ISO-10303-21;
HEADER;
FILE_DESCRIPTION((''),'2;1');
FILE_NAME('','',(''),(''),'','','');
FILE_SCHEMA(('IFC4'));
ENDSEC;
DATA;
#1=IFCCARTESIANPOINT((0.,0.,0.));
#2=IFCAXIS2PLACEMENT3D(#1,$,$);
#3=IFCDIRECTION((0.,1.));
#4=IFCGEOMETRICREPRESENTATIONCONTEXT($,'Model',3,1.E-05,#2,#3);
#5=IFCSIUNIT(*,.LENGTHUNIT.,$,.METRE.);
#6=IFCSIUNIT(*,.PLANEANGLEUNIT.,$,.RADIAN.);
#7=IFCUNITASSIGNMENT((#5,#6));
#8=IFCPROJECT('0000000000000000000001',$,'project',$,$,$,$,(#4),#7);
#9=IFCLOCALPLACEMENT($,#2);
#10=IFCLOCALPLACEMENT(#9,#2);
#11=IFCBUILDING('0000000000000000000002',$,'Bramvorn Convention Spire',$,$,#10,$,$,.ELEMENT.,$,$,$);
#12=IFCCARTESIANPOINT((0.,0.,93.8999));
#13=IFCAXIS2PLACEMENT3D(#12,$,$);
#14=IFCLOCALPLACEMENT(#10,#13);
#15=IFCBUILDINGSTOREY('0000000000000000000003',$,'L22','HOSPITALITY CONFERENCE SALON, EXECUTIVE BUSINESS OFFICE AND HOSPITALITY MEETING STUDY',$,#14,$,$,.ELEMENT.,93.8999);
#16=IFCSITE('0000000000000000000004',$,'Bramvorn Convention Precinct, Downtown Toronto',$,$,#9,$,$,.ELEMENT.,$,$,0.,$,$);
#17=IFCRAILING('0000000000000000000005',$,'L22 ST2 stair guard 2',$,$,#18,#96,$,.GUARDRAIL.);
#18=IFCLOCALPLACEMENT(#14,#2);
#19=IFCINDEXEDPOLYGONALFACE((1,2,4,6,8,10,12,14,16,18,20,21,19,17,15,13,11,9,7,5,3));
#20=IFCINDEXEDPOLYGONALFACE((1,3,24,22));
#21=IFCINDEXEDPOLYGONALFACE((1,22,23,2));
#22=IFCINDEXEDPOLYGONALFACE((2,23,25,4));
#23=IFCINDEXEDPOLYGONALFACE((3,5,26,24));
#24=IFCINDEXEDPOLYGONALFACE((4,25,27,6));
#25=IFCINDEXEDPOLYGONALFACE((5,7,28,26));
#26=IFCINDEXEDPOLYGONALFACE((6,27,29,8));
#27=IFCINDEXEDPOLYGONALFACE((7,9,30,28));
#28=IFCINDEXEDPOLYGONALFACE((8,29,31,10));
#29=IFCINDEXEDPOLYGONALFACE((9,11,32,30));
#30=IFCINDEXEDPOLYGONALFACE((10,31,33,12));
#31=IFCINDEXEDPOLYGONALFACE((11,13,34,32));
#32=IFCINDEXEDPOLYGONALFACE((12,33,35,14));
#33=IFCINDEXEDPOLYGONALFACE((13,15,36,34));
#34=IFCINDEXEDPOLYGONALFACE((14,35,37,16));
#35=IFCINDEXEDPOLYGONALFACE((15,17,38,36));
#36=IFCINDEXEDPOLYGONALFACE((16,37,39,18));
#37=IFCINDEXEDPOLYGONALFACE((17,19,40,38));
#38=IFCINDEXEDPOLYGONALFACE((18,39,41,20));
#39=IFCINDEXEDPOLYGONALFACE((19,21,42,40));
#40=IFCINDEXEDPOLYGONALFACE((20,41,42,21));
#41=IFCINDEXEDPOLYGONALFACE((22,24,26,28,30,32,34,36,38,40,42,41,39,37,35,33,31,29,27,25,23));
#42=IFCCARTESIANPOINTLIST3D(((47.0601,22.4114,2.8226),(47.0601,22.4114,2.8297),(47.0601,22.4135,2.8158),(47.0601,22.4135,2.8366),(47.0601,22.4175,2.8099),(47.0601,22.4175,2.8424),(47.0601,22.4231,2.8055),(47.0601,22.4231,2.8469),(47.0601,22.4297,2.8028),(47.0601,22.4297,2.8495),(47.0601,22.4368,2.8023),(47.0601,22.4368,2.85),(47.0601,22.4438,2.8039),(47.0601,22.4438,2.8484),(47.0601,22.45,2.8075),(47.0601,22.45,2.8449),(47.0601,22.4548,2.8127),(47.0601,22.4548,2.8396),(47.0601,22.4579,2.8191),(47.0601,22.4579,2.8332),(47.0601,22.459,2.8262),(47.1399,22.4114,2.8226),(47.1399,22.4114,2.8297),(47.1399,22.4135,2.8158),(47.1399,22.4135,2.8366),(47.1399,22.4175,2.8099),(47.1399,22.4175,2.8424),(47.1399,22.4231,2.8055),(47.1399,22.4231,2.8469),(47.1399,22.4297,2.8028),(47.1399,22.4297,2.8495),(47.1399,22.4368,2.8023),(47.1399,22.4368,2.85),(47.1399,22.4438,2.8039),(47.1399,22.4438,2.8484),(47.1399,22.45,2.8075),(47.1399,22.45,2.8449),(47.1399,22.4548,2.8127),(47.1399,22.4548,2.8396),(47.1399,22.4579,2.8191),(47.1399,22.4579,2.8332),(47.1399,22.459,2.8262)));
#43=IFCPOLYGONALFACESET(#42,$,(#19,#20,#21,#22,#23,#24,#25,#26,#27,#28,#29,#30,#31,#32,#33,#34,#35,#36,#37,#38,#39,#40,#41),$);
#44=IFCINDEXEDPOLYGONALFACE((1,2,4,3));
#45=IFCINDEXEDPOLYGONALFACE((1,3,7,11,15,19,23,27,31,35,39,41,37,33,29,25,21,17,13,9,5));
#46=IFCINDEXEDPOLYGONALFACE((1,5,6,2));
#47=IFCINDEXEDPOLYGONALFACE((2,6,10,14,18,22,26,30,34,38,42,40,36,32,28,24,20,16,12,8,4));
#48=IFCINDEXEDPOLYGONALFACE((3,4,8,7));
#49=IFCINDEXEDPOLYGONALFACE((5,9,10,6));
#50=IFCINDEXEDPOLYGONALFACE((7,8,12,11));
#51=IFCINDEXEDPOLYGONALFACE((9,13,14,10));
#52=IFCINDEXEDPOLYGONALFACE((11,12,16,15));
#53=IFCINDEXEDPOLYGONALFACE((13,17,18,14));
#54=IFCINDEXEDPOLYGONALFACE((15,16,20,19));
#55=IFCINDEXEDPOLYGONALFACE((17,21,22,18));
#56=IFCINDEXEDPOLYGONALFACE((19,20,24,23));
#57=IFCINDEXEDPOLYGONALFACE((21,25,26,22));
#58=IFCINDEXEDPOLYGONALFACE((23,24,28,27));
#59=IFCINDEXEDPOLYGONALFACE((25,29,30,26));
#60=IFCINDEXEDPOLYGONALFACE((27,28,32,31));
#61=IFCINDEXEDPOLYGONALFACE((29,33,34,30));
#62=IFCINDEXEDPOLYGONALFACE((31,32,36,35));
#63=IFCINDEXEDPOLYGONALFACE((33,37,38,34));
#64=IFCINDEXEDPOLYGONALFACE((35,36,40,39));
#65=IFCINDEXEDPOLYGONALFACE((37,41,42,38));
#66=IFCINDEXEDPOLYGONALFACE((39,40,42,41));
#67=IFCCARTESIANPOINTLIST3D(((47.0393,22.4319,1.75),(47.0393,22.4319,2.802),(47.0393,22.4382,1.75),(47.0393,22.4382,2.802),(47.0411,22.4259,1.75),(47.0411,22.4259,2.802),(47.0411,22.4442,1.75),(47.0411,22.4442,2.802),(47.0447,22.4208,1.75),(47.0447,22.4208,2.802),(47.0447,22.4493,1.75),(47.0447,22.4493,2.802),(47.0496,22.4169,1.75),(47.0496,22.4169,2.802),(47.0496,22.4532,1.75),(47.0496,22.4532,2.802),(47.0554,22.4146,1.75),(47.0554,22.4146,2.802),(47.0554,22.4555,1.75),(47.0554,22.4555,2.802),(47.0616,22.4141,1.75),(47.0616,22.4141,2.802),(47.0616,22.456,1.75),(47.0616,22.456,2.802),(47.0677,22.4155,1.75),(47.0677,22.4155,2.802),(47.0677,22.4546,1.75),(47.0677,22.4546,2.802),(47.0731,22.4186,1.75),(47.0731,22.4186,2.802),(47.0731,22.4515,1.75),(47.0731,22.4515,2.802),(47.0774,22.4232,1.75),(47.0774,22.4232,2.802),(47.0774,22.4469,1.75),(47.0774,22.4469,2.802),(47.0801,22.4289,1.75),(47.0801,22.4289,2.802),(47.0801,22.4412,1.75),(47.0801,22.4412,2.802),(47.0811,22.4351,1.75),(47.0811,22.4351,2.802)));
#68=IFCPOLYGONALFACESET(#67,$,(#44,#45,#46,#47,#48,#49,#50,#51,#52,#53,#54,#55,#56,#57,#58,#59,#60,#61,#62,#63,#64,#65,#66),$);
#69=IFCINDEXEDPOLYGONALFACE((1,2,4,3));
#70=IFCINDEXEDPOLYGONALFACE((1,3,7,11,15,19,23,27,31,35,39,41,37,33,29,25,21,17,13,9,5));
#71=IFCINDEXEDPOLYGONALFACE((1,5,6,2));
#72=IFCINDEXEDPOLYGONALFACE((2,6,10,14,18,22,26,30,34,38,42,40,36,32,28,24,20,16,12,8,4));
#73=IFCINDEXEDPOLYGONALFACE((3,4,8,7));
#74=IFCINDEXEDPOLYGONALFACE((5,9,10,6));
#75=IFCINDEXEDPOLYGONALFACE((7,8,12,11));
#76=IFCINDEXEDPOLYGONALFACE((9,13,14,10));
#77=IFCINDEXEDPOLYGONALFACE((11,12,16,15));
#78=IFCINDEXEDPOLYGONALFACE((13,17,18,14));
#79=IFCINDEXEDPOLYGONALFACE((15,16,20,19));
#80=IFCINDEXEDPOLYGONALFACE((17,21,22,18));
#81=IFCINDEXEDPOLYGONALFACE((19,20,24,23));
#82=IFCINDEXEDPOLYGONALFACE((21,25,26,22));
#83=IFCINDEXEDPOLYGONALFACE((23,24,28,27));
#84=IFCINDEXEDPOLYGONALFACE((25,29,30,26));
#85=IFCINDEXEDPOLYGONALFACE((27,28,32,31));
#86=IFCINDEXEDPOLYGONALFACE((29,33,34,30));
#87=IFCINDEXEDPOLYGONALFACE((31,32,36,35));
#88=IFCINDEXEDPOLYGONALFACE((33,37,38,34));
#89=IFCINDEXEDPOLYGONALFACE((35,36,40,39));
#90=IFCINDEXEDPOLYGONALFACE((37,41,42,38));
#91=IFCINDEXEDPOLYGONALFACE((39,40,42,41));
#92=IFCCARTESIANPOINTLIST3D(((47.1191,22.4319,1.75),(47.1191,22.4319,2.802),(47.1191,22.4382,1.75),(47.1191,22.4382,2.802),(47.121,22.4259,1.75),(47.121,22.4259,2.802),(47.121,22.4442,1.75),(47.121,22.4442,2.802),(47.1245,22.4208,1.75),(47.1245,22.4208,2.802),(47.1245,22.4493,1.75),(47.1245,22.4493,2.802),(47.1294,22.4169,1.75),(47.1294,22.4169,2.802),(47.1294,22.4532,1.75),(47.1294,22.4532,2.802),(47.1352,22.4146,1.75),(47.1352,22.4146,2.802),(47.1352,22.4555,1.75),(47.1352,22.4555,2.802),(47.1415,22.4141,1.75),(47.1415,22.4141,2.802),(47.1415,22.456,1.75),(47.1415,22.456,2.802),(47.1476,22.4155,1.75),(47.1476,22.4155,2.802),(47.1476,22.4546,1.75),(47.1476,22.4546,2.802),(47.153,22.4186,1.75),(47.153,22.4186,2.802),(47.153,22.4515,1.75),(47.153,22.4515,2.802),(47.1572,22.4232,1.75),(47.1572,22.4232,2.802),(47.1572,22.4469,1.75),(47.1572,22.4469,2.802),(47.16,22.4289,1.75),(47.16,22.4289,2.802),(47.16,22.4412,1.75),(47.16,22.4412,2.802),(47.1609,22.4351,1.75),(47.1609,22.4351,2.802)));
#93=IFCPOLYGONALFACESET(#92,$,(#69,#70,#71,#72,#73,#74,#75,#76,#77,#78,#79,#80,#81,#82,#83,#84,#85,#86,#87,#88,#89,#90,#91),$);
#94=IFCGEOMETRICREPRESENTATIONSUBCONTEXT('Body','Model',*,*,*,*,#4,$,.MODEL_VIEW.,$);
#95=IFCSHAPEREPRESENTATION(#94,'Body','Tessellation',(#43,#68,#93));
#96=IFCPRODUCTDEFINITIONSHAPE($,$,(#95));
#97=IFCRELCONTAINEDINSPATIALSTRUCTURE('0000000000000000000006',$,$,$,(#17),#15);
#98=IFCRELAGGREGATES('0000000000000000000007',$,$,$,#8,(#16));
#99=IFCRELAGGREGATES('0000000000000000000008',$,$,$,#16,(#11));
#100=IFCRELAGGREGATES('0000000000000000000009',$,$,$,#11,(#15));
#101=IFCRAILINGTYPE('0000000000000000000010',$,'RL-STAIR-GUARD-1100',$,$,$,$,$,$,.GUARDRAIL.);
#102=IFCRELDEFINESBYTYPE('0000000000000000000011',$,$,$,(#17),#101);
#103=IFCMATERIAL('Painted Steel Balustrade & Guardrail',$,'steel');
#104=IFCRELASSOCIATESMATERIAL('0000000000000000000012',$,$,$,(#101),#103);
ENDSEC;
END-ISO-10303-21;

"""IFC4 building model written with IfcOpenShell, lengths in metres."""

from ifc_helpers import new_model, si_unit, direction, frame, origin, origin_2d, place, context, subcontext, project, spatial, circle, extrude, material, type_object, element, save


model = new_model("IFC4")

# Units and contexts
model_context = context("Model", 3, precision=1e-05, world=origin(), true_north=direction((0.0, 1.0)))
body_context = subcontext(model_context, "Body", "Model", "MODEL_VIEW")
ifc_project = project(units=[si_unit("LENGTHUNIT", "METRE"), si_unit("PLANEANGLEUNIT", "RADIAN")], contexts=[model_context])

# Site, building, storey
site_placement = place(None, origin())
site = spatial("IfcSite", under=ifc_project, at=site_placement, Name="Bramvorn Convention Precinct, Downtown Toronto", CompositionType="ELEMENT", RefElevation=0.0)
building_placement = place(site_placement, origin())
building = spatial("IfcBuilding", under=site, at=building_placement, Name="Bramvorn Convention Spire", CompositionType="ELEMENT")
storey_placement = place(building_placement, frame((0.0, 0.0, 93.8999)))
storey = spatial("IfcBuildingStorey", under=building, at=storey_placement, Name="L22", Description="HOSPITALITY CONFERENCE SALON, EXECUTIVE BUSINESS OFFICE AND HOSPITALITY MEETING STUDY", CompositionType="ELEMENT", Elevation=93.8999)

# Railing
ifc_material_1 = material(Name="Painted Steel Balustrade & Guardrail", Category="steel")
railing_type_1 = type_object("IfcRailingType", Name="RL-STAIR-GUARD-1100", PredefinedType="GUARDRAIL", material=ifc_material_1)
railing_1_placement = place(storey_placement, frame((47.0601, 22.4351, 1.75)))
element("IfcRailing", 1, at=railing_1_placement, inside=storey, type_object=railing_type_1, Name="L22 ST2 stair guard 2", PredefinedType="GUARDRAIL", context=body_context, shape_type="SweptSolid", body=[
    extrude(circle(Radius=0.0239, at=origin_2d()), frame((0.0, 0.0, 1.0762), z_axis=(1.0, 0.0, 0.0), x_axis=(0.0, 1.0, 0.0)), (0.0, 0.0, 1.0), 0.0798),
    extrude(circle(Radius=0.021, at=origin_2d()), origin(), (0.0, 0.0, 1.0), 1.052),
    extrude(circle(Radius=0.021, at=origin_2d()), frame((0.0798, 0.0, 0.0)), (0.0, 0.0, 1.0), 1.052),
])

save(model, "model.ifc")
